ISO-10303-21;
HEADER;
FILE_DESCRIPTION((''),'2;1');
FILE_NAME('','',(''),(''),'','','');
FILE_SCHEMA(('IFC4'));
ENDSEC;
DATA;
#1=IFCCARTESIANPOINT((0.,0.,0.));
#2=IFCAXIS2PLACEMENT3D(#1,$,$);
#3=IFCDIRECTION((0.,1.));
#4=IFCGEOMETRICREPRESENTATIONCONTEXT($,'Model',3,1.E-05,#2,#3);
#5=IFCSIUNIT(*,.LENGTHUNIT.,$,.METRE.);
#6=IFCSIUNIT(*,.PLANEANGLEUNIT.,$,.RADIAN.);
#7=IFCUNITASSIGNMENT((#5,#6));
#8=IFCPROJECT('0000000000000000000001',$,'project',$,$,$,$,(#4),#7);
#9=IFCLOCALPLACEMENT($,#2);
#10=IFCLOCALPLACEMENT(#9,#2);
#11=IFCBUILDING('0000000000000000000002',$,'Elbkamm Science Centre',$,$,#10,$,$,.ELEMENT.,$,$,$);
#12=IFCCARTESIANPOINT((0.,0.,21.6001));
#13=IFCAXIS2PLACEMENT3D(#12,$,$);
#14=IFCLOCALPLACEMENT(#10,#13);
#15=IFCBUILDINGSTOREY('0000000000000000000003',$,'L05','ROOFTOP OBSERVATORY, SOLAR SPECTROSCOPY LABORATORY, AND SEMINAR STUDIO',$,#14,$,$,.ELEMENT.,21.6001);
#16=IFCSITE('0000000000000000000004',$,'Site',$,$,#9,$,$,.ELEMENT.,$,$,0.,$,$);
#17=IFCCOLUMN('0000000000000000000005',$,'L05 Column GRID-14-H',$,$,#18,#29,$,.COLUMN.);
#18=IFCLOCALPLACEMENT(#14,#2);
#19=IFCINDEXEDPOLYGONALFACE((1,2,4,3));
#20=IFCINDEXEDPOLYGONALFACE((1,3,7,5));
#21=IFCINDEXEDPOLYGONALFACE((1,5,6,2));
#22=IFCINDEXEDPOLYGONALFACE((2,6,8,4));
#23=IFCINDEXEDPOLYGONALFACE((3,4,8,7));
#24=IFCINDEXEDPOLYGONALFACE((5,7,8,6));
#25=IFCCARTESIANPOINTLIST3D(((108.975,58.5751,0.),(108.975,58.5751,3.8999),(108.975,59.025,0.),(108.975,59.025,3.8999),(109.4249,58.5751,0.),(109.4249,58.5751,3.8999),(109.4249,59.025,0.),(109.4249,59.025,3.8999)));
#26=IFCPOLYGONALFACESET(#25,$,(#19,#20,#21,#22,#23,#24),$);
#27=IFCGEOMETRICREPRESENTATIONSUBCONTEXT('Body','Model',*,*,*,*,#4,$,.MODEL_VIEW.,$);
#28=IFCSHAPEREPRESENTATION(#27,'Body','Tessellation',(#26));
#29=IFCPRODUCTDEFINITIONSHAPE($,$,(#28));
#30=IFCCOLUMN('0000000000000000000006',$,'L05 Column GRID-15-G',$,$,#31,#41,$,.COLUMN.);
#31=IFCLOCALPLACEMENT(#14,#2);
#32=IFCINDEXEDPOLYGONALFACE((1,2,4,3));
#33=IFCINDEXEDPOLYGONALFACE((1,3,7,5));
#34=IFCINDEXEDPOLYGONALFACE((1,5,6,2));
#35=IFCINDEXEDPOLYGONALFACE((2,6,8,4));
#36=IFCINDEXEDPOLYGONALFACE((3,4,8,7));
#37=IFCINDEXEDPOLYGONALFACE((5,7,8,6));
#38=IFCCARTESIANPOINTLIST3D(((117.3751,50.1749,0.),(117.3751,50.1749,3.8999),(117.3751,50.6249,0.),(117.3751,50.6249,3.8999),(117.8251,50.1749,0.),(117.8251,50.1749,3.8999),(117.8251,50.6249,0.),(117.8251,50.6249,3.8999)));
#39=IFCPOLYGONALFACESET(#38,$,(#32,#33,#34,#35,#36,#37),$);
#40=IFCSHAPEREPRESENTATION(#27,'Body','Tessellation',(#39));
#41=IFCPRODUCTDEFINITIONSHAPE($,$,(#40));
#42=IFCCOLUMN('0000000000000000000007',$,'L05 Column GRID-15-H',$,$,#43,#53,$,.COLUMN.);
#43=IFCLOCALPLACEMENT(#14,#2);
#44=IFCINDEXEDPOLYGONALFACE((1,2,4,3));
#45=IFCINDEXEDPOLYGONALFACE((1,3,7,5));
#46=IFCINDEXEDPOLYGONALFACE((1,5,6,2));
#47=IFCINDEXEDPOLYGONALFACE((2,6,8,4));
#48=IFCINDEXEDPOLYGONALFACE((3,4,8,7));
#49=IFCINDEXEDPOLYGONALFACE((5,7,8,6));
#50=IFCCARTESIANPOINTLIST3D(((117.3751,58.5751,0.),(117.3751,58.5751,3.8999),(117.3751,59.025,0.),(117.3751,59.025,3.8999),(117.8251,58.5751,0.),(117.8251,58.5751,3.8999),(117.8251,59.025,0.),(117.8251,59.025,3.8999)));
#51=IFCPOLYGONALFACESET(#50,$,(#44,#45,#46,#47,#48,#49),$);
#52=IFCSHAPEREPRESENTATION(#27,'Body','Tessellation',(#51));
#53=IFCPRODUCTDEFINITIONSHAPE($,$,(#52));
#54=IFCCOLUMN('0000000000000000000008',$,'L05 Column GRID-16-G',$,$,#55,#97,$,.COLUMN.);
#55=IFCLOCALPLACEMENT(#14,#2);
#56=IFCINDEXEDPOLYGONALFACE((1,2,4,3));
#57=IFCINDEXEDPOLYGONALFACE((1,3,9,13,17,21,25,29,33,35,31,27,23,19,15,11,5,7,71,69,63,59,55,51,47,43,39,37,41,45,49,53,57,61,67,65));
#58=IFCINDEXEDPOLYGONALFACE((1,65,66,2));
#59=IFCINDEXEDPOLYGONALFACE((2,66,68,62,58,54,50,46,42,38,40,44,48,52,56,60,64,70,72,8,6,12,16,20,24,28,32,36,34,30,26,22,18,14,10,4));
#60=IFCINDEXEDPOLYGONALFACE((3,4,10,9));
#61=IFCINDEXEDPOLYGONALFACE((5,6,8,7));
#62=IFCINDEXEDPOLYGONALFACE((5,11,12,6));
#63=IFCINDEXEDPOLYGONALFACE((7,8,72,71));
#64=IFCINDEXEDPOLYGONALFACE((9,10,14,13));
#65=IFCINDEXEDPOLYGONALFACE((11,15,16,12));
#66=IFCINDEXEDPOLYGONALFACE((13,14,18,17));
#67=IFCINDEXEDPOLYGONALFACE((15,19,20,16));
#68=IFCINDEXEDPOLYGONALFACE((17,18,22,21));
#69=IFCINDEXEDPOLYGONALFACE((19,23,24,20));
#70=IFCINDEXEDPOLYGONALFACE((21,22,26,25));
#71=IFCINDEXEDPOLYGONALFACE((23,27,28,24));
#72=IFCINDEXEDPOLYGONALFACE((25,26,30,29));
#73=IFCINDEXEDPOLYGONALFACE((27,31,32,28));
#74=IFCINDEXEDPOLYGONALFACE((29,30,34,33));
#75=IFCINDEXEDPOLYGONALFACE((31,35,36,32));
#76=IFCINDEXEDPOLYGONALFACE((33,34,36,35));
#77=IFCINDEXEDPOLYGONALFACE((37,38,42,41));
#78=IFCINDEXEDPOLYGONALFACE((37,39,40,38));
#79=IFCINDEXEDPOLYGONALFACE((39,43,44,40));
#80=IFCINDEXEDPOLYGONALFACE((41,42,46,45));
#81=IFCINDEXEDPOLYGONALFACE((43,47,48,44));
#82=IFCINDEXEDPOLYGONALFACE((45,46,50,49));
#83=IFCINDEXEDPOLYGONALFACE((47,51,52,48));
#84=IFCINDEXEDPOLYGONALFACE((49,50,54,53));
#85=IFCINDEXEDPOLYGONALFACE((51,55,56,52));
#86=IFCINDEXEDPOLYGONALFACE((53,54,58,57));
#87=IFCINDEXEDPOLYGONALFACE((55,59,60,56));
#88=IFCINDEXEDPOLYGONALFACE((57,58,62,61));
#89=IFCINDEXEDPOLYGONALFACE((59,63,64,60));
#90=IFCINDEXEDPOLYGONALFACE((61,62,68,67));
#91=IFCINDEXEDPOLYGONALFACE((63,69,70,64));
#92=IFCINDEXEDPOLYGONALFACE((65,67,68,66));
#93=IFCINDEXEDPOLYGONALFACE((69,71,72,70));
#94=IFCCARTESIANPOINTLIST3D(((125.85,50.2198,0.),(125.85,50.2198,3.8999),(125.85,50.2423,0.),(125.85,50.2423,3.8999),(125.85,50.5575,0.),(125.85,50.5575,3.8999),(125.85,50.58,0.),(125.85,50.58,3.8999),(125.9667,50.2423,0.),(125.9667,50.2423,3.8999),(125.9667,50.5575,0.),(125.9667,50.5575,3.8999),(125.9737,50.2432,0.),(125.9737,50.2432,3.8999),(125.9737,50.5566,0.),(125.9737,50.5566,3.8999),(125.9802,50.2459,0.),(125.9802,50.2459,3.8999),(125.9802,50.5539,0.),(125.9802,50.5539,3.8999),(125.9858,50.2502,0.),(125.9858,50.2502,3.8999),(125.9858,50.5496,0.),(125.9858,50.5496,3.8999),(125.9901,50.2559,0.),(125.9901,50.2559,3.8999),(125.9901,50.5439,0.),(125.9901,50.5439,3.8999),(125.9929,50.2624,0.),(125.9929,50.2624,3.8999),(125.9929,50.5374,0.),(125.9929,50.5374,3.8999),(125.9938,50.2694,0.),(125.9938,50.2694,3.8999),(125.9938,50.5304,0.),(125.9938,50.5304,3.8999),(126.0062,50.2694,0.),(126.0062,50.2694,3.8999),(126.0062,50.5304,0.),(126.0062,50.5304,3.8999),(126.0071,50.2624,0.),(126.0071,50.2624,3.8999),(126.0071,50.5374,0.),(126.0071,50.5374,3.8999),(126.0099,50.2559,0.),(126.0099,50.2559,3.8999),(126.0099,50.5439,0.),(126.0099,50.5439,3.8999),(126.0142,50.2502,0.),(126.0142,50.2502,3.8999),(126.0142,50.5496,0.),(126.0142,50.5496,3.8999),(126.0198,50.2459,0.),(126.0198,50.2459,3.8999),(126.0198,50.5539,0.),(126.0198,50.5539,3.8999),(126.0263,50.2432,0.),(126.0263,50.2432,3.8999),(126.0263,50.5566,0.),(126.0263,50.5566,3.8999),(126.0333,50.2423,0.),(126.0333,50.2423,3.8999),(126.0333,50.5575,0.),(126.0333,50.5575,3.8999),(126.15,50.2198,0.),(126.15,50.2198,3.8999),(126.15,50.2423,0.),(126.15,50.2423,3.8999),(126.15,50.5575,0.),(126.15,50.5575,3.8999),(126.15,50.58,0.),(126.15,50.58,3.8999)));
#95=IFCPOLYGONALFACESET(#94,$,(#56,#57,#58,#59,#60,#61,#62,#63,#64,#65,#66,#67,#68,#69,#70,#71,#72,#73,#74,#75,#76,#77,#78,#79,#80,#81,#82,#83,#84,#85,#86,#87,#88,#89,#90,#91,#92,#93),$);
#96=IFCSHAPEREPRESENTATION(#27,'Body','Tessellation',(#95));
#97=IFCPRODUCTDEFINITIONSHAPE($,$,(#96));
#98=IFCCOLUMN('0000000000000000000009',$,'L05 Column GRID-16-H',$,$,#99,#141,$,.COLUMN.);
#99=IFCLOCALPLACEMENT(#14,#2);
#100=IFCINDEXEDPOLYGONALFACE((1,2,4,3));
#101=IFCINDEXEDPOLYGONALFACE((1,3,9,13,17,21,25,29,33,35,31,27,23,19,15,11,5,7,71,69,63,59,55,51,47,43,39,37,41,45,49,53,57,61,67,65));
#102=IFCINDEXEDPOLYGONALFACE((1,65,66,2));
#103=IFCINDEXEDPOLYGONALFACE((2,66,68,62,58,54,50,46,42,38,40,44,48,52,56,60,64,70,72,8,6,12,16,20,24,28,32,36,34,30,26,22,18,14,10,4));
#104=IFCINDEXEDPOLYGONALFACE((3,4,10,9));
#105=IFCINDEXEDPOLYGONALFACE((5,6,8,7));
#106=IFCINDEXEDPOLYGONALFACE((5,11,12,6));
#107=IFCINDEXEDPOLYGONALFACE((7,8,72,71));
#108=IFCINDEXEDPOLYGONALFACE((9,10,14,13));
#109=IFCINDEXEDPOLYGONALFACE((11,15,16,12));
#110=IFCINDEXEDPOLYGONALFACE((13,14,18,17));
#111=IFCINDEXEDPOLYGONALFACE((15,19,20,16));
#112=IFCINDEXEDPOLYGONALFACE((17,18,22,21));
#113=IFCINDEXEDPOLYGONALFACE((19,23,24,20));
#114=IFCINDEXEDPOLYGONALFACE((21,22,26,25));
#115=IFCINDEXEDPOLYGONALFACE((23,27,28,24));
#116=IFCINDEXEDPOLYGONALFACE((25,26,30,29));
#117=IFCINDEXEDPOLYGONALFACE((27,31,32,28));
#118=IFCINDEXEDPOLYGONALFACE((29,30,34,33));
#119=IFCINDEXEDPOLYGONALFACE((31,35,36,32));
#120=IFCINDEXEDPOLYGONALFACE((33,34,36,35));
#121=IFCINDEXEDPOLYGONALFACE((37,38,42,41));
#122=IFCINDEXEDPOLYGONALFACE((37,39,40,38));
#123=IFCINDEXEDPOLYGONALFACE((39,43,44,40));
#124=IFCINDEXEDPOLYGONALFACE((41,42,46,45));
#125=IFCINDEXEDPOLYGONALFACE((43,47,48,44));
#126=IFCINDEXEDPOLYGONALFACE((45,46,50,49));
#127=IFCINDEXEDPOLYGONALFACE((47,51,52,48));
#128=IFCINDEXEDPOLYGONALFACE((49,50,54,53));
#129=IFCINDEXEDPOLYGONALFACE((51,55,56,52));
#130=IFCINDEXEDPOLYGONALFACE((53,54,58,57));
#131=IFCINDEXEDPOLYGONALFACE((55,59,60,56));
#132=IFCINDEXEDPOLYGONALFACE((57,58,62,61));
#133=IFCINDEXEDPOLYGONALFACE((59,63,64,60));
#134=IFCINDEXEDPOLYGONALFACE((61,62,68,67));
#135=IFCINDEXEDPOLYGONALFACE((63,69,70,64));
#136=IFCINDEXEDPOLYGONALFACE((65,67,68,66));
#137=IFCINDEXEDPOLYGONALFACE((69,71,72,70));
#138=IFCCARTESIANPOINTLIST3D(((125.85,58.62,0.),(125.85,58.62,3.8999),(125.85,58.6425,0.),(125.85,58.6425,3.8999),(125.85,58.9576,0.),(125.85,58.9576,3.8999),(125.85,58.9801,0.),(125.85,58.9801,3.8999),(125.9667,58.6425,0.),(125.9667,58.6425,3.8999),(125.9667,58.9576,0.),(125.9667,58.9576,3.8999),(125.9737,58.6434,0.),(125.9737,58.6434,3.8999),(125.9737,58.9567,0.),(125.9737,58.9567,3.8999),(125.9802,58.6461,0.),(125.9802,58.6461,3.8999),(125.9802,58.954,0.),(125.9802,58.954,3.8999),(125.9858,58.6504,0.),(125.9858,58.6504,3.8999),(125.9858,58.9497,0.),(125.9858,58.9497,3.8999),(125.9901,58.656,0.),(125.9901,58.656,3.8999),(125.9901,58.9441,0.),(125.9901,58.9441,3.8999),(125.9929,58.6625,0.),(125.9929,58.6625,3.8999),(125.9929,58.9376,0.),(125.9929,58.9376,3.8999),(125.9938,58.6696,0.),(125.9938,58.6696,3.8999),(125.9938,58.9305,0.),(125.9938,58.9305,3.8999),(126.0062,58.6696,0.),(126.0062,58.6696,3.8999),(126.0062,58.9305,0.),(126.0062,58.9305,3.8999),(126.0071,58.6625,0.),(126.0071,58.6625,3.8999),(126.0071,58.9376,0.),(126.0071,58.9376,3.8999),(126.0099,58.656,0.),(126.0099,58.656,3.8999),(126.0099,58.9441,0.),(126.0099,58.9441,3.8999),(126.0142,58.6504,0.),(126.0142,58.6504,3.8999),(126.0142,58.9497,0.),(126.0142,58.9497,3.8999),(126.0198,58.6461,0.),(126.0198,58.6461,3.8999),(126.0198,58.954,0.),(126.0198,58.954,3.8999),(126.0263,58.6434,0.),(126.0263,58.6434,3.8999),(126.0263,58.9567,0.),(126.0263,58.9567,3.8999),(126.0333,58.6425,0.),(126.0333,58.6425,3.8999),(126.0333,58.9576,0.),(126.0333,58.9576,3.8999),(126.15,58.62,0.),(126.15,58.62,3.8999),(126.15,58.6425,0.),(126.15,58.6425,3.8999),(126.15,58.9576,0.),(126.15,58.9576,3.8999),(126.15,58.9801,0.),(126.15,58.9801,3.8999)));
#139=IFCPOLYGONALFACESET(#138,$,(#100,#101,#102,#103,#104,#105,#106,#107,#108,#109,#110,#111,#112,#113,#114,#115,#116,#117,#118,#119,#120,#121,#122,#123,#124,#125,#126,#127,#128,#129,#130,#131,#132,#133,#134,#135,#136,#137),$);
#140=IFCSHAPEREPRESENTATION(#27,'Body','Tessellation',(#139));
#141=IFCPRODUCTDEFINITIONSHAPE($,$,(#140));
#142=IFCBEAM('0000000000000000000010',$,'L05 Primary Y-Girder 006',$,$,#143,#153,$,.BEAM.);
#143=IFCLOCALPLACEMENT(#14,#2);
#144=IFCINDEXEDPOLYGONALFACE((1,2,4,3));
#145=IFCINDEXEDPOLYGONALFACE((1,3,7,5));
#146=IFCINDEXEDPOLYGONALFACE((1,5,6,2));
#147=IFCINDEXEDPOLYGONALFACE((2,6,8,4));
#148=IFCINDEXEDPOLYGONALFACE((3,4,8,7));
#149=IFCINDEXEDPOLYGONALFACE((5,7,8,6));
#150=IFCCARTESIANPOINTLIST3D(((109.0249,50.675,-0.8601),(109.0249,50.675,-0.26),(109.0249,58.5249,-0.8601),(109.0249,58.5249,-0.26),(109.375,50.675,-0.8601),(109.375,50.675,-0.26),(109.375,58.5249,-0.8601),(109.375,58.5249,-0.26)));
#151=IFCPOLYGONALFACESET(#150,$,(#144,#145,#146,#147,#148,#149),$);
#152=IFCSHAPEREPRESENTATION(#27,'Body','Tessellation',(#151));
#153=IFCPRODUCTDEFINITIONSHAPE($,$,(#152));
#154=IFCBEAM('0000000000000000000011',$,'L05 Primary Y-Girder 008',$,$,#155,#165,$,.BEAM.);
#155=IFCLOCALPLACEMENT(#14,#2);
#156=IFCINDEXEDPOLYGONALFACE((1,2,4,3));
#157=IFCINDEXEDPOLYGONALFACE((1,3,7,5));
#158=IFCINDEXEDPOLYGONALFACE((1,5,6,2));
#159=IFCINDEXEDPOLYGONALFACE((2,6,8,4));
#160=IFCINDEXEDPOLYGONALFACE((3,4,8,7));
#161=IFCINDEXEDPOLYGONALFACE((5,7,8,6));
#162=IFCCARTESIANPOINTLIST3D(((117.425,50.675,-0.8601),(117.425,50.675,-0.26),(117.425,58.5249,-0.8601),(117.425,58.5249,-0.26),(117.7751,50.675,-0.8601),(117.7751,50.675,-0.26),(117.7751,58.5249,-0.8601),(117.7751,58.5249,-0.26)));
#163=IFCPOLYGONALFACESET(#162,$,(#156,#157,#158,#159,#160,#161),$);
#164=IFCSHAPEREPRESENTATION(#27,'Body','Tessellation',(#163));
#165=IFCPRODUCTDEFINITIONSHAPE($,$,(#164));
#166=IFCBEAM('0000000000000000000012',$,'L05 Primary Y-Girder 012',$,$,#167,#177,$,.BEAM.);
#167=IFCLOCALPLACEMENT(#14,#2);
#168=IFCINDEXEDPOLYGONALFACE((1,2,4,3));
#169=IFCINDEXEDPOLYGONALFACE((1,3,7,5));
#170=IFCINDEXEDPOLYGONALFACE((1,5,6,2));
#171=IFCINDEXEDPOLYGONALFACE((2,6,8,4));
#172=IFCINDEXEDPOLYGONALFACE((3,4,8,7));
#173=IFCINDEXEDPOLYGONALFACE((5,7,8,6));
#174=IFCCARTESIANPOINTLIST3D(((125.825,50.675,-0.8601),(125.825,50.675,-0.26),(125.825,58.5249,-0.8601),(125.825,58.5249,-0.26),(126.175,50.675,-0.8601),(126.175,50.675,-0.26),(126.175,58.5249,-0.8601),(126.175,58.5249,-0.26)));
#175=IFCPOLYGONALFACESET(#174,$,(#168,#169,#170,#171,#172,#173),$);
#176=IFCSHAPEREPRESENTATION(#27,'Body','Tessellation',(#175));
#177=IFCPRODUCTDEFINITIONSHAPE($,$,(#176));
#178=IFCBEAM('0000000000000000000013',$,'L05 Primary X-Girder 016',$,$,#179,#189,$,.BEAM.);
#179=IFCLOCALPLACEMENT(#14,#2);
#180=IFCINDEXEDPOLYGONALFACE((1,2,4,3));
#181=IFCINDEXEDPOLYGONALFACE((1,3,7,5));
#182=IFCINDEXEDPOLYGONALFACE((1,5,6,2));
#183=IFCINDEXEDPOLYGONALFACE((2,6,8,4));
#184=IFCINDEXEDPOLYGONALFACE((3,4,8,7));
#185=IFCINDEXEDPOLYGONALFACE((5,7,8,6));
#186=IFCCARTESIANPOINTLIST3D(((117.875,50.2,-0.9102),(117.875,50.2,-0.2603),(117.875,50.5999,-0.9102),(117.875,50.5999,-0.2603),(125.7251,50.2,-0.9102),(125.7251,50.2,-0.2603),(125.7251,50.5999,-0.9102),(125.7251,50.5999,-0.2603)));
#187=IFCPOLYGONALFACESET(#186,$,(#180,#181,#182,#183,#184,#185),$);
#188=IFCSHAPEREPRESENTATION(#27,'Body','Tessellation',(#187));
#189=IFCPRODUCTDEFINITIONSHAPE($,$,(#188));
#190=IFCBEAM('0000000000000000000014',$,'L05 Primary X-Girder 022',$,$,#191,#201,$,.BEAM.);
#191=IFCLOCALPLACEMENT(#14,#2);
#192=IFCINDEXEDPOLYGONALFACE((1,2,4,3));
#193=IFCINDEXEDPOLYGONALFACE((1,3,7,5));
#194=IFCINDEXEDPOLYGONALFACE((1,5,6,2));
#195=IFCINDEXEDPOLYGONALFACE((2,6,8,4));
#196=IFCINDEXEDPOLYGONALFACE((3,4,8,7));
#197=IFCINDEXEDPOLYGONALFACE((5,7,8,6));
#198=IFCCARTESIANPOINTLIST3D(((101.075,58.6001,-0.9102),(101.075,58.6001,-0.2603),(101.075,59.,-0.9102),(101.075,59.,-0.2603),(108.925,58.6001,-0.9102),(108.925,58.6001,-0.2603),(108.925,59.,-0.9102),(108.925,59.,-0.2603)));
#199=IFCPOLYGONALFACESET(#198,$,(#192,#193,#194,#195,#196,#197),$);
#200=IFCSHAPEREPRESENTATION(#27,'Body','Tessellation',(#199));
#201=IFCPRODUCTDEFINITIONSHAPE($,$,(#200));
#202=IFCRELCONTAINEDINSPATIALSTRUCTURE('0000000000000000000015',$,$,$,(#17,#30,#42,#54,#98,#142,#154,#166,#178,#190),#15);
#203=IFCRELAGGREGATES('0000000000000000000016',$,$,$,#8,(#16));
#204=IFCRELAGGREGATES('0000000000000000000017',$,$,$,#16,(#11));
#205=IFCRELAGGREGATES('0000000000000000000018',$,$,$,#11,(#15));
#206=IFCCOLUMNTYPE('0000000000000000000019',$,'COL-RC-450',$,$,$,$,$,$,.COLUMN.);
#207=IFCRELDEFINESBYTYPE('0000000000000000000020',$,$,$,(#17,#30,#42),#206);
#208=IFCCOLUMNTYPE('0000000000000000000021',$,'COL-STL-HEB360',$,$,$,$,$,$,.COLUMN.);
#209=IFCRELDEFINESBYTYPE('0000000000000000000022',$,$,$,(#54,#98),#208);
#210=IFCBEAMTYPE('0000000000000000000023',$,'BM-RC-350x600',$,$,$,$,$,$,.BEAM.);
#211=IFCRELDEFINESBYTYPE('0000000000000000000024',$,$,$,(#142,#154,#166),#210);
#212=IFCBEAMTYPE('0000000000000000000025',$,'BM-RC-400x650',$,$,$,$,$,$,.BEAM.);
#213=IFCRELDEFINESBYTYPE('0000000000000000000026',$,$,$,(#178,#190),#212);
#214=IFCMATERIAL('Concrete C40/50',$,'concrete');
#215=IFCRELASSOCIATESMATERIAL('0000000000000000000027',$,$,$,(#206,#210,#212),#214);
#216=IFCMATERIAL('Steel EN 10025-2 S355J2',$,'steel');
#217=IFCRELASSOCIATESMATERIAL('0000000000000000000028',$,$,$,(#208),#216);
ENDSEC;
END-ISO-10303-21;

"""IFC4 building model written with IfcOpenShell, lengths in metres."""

from ifc_helpers import new_model, si_unit, direction, frame, origin, origin_2d, place, context, subcontext, project, spatial, rectangle, i_section, extrude, material, material_profile, profile_set, type_object, element, save


model = new_model("IFC4")

# Units and contexts
model_context = context("Model", 3, precision=1e-05, world=origin(), true_north=direction((0.0, 1.0)))
body_context = subcontext(model_context, "Body", "Model", "MODEL_VIEW")
ifc_project = project(units=[si_unit("LENGTHUNIT", "METRE"), si_unit("PLANEANGLEUNIT", "RADIAN")], contexts=[model_context])

# Site, building, storey
site_placement = place(None, origin())
site = spatial("IfcSite", under=ifc_project, at=site_placement, Name="Site", CompositionType="ELEMENT", RefElevation=0.0)
building_placement = place(site_placement, origin())
building = spatial("IfcBuilding", under=site, at=building_placement, Name="Elbkamm Science Centre", CompositionType="ELEMENT")
storey_placement = place(building_placement, frame((0.0, 0.0, 21.6001)))
storey = spatial("IfcBuildingStorey", under=building, at=storey_placement, Name="L05", Description="ROOFTOP OBSERVATORY, SOLAR SPECTROSCOPY LABORATORY, AND SEMINAR STUDIO", CompositionType="ELEMENT", Elevation=21.6001)

# Columns
ifc_material_1 = material(Name="Concrete C40/50", Category="concrete")
ifc_material_profile_1 = material_profile(ifc_material_1, rectangle(XDim=0.45, YDim=0.45, at=origin_2d()), Name="RC 450x450")
ifc_profile_set_1 = profile_set([ifc_material_profile_1], Name="Concrete C40/50")
column_type_1 = type_object("IfcColumnType", Name="COL-RC-450", PredefinedType="COLUMN", material=ifc_profile_set_1)
for number, where, z_axis, x_axis, name in (
    (1, (109.2, 58.8, 0.0), (0.0, 0.0, 1.0), (1.0, 0.0, 0.0), "L05 Column GRID-14-H"),
    (2, (117.6001, 50.3999, 0.0), (0.0, 0.0, 1.0), (1.0, 0.0, 0.0), "L05 Column GRID-15-G"),
    (3, (117.6001, 58.8, 0.0), (0.0, 0.0, 1.0), (1.0, 0.0, 0.0), "L05 Column GRID-15-H"),
):
    element("IfcColumn", number, at=place(storey_placement, frame(where, z_axis=z_axis, x_axis=x_axis)), inside=storey, type_object=column_type_1, Name=name, PredefinedType="COLUMN", context=body_context, shape_type="SweptSolid", body=[
        extrude(rectangle(XDim=0.45, YDim=0.45, at=origin_2d()), origin(), (0.0, 0.0, 1.0), 3.8999),
    ])
ifc_material_2 = material(Name="Steel EN 10025-2 S355J2", Category="steel")
ifc_material_profile_2 = material_profile(ifc_material_2, i_section(OverallWidth=0.3, OverallDepth=0.3601, WebThickness=0.0125, FlangeThickness=0.0225, FilletRadius=0.0271, at=origin_2d()), Name="HEB 360")
ifc_profile_set_2 = profile_set([ifc_material_profile_2], Name="Steel EN 10025-2 S355J2")
column_type_2 = type_object("IfcColumnType", Name="COL-STL-HEB360", PredefinedType="COLUMN", material=ifc_profile_set_2)
for number, where, z_axis, x_axis, name in (
    (4, (126.0, 50.3999, 0.0), (0.0, 0.0, 1.0), (1.0, 0.0, 0.0), "L05 Column GRID-16-G"),
    (5, (126.0, 58.8, 0.0), (0.0, 0.0, 1.0), (1.0, 0.0, 0.0), "L05 Column GRID-16-H"),
):
    element("IfcColumn", number, at=place(storey_placement, frame(where, z_axis=z_axis, x_axis=x_axis)), inside=storey, type_object=column_type_2, Name=name, PredefinedType="COLUMN", context=body_context, shape_type="SweptSolid", body=[
        extrude(i_section(OverallWidth=0.3, OverallDepth=0.3601, WebThickness=0.0125, FlangeThickness=0.0225, FilletRadius=0.0271, at=origin_2d()), origin(), (0.0, 0.0, 1.0), 3.8999),
    ])

# Beams
ifc_material_profile_3 = material_profile(ifc_material_1, rectangle(XDim=0.3501, YDim=0.6001, at=origin_2d()), Name="RC 350x600")
ifc_profile_set_3 = profile_set([ifc_material_profile_3], Name="Concrete C40/50")
beam_type_1 = type_object("IfcBeamType", Name="BM-RC-350x600", PredefinedType="BEAM", material=ifc_profile_set_3)
for number, where, z_axis, x_axis, name in (
    (6, (109.2, 50.675, -0.5601), (0.0, 1.0, 0.0), (-1.0, 0.0, 0.0), "L05 Primary Y-Girder 006"),
    (7, (117.6001, 50.675, -0.5601), (0.0, 1.0, 0.0), (-1.0, 0.0, 0.0), "L05 Primary Y-Girder 008"),
    (8, (126.0, 50.675, -0.5601), (0.0, 1.0, 0.0), (-1.0, 0.0, 0.0), "L05 Primary Y-Girder 012"),
):
    element("IfcBeam", number, at=place(storey_placement, frame(where, z_axis=z_axis, x_axis=x_axis)), inside=storey, type_object=beam_type_1, Name=name, PredefinedType="BEAM", context=body_context, shape_type="SweptSolid", body=[
        extrude(rectangle(XDim=0.3501, YDim=0.6001, at=origin_2d()), origin(), (0.0, 0.0, 1.0), 7.8499),
    ])
ifc_material_profile_4 = material_profile(ifc_material_1, rectangle(XDim=0.3999, YDim=0.6499, at=origin_2d()), Name="RC 400x650")
ifc_profile_set_4 = profile_set([ifc_material_profile_4], Name="Concrete C40/50")
beam_type_2 = type_object("IfcBeamType", Name="BM-RC-400x650", PredefinedType="BEAM", material=ifc_profile_set_4)
for number, where, z_axis, x_axis, name in (
    (9, (117.875, 50.3999, -0.5852), (1.0, 0.0, 0.0), (0.0, 1.0, 0.0), "L05 Primary X-Girder 016"),
    (10, (101.075, 58.8, -0.5852), (1.0, 0.0, 0.0), (0.0, 1.0, 0.0), "L05 Primary X-Girder 022"),
):
    element("IfcBeam", number, at=place(storey_placement, frame(where, z_axis=z_axis, x_axis=x_axis)), inside=storey, type_object=beam_type_2, Name=name, PredefinedType="BEAM", context=body_context, shape_type="SweptSolid", body=[
        extrude(rectangle(XDim=0.3999, YDim=0.6499, at=origin_2d()), origin(), (0.0, 0.0, 1.0), 7.8501),
    ])

save(model, "model.ifc")
